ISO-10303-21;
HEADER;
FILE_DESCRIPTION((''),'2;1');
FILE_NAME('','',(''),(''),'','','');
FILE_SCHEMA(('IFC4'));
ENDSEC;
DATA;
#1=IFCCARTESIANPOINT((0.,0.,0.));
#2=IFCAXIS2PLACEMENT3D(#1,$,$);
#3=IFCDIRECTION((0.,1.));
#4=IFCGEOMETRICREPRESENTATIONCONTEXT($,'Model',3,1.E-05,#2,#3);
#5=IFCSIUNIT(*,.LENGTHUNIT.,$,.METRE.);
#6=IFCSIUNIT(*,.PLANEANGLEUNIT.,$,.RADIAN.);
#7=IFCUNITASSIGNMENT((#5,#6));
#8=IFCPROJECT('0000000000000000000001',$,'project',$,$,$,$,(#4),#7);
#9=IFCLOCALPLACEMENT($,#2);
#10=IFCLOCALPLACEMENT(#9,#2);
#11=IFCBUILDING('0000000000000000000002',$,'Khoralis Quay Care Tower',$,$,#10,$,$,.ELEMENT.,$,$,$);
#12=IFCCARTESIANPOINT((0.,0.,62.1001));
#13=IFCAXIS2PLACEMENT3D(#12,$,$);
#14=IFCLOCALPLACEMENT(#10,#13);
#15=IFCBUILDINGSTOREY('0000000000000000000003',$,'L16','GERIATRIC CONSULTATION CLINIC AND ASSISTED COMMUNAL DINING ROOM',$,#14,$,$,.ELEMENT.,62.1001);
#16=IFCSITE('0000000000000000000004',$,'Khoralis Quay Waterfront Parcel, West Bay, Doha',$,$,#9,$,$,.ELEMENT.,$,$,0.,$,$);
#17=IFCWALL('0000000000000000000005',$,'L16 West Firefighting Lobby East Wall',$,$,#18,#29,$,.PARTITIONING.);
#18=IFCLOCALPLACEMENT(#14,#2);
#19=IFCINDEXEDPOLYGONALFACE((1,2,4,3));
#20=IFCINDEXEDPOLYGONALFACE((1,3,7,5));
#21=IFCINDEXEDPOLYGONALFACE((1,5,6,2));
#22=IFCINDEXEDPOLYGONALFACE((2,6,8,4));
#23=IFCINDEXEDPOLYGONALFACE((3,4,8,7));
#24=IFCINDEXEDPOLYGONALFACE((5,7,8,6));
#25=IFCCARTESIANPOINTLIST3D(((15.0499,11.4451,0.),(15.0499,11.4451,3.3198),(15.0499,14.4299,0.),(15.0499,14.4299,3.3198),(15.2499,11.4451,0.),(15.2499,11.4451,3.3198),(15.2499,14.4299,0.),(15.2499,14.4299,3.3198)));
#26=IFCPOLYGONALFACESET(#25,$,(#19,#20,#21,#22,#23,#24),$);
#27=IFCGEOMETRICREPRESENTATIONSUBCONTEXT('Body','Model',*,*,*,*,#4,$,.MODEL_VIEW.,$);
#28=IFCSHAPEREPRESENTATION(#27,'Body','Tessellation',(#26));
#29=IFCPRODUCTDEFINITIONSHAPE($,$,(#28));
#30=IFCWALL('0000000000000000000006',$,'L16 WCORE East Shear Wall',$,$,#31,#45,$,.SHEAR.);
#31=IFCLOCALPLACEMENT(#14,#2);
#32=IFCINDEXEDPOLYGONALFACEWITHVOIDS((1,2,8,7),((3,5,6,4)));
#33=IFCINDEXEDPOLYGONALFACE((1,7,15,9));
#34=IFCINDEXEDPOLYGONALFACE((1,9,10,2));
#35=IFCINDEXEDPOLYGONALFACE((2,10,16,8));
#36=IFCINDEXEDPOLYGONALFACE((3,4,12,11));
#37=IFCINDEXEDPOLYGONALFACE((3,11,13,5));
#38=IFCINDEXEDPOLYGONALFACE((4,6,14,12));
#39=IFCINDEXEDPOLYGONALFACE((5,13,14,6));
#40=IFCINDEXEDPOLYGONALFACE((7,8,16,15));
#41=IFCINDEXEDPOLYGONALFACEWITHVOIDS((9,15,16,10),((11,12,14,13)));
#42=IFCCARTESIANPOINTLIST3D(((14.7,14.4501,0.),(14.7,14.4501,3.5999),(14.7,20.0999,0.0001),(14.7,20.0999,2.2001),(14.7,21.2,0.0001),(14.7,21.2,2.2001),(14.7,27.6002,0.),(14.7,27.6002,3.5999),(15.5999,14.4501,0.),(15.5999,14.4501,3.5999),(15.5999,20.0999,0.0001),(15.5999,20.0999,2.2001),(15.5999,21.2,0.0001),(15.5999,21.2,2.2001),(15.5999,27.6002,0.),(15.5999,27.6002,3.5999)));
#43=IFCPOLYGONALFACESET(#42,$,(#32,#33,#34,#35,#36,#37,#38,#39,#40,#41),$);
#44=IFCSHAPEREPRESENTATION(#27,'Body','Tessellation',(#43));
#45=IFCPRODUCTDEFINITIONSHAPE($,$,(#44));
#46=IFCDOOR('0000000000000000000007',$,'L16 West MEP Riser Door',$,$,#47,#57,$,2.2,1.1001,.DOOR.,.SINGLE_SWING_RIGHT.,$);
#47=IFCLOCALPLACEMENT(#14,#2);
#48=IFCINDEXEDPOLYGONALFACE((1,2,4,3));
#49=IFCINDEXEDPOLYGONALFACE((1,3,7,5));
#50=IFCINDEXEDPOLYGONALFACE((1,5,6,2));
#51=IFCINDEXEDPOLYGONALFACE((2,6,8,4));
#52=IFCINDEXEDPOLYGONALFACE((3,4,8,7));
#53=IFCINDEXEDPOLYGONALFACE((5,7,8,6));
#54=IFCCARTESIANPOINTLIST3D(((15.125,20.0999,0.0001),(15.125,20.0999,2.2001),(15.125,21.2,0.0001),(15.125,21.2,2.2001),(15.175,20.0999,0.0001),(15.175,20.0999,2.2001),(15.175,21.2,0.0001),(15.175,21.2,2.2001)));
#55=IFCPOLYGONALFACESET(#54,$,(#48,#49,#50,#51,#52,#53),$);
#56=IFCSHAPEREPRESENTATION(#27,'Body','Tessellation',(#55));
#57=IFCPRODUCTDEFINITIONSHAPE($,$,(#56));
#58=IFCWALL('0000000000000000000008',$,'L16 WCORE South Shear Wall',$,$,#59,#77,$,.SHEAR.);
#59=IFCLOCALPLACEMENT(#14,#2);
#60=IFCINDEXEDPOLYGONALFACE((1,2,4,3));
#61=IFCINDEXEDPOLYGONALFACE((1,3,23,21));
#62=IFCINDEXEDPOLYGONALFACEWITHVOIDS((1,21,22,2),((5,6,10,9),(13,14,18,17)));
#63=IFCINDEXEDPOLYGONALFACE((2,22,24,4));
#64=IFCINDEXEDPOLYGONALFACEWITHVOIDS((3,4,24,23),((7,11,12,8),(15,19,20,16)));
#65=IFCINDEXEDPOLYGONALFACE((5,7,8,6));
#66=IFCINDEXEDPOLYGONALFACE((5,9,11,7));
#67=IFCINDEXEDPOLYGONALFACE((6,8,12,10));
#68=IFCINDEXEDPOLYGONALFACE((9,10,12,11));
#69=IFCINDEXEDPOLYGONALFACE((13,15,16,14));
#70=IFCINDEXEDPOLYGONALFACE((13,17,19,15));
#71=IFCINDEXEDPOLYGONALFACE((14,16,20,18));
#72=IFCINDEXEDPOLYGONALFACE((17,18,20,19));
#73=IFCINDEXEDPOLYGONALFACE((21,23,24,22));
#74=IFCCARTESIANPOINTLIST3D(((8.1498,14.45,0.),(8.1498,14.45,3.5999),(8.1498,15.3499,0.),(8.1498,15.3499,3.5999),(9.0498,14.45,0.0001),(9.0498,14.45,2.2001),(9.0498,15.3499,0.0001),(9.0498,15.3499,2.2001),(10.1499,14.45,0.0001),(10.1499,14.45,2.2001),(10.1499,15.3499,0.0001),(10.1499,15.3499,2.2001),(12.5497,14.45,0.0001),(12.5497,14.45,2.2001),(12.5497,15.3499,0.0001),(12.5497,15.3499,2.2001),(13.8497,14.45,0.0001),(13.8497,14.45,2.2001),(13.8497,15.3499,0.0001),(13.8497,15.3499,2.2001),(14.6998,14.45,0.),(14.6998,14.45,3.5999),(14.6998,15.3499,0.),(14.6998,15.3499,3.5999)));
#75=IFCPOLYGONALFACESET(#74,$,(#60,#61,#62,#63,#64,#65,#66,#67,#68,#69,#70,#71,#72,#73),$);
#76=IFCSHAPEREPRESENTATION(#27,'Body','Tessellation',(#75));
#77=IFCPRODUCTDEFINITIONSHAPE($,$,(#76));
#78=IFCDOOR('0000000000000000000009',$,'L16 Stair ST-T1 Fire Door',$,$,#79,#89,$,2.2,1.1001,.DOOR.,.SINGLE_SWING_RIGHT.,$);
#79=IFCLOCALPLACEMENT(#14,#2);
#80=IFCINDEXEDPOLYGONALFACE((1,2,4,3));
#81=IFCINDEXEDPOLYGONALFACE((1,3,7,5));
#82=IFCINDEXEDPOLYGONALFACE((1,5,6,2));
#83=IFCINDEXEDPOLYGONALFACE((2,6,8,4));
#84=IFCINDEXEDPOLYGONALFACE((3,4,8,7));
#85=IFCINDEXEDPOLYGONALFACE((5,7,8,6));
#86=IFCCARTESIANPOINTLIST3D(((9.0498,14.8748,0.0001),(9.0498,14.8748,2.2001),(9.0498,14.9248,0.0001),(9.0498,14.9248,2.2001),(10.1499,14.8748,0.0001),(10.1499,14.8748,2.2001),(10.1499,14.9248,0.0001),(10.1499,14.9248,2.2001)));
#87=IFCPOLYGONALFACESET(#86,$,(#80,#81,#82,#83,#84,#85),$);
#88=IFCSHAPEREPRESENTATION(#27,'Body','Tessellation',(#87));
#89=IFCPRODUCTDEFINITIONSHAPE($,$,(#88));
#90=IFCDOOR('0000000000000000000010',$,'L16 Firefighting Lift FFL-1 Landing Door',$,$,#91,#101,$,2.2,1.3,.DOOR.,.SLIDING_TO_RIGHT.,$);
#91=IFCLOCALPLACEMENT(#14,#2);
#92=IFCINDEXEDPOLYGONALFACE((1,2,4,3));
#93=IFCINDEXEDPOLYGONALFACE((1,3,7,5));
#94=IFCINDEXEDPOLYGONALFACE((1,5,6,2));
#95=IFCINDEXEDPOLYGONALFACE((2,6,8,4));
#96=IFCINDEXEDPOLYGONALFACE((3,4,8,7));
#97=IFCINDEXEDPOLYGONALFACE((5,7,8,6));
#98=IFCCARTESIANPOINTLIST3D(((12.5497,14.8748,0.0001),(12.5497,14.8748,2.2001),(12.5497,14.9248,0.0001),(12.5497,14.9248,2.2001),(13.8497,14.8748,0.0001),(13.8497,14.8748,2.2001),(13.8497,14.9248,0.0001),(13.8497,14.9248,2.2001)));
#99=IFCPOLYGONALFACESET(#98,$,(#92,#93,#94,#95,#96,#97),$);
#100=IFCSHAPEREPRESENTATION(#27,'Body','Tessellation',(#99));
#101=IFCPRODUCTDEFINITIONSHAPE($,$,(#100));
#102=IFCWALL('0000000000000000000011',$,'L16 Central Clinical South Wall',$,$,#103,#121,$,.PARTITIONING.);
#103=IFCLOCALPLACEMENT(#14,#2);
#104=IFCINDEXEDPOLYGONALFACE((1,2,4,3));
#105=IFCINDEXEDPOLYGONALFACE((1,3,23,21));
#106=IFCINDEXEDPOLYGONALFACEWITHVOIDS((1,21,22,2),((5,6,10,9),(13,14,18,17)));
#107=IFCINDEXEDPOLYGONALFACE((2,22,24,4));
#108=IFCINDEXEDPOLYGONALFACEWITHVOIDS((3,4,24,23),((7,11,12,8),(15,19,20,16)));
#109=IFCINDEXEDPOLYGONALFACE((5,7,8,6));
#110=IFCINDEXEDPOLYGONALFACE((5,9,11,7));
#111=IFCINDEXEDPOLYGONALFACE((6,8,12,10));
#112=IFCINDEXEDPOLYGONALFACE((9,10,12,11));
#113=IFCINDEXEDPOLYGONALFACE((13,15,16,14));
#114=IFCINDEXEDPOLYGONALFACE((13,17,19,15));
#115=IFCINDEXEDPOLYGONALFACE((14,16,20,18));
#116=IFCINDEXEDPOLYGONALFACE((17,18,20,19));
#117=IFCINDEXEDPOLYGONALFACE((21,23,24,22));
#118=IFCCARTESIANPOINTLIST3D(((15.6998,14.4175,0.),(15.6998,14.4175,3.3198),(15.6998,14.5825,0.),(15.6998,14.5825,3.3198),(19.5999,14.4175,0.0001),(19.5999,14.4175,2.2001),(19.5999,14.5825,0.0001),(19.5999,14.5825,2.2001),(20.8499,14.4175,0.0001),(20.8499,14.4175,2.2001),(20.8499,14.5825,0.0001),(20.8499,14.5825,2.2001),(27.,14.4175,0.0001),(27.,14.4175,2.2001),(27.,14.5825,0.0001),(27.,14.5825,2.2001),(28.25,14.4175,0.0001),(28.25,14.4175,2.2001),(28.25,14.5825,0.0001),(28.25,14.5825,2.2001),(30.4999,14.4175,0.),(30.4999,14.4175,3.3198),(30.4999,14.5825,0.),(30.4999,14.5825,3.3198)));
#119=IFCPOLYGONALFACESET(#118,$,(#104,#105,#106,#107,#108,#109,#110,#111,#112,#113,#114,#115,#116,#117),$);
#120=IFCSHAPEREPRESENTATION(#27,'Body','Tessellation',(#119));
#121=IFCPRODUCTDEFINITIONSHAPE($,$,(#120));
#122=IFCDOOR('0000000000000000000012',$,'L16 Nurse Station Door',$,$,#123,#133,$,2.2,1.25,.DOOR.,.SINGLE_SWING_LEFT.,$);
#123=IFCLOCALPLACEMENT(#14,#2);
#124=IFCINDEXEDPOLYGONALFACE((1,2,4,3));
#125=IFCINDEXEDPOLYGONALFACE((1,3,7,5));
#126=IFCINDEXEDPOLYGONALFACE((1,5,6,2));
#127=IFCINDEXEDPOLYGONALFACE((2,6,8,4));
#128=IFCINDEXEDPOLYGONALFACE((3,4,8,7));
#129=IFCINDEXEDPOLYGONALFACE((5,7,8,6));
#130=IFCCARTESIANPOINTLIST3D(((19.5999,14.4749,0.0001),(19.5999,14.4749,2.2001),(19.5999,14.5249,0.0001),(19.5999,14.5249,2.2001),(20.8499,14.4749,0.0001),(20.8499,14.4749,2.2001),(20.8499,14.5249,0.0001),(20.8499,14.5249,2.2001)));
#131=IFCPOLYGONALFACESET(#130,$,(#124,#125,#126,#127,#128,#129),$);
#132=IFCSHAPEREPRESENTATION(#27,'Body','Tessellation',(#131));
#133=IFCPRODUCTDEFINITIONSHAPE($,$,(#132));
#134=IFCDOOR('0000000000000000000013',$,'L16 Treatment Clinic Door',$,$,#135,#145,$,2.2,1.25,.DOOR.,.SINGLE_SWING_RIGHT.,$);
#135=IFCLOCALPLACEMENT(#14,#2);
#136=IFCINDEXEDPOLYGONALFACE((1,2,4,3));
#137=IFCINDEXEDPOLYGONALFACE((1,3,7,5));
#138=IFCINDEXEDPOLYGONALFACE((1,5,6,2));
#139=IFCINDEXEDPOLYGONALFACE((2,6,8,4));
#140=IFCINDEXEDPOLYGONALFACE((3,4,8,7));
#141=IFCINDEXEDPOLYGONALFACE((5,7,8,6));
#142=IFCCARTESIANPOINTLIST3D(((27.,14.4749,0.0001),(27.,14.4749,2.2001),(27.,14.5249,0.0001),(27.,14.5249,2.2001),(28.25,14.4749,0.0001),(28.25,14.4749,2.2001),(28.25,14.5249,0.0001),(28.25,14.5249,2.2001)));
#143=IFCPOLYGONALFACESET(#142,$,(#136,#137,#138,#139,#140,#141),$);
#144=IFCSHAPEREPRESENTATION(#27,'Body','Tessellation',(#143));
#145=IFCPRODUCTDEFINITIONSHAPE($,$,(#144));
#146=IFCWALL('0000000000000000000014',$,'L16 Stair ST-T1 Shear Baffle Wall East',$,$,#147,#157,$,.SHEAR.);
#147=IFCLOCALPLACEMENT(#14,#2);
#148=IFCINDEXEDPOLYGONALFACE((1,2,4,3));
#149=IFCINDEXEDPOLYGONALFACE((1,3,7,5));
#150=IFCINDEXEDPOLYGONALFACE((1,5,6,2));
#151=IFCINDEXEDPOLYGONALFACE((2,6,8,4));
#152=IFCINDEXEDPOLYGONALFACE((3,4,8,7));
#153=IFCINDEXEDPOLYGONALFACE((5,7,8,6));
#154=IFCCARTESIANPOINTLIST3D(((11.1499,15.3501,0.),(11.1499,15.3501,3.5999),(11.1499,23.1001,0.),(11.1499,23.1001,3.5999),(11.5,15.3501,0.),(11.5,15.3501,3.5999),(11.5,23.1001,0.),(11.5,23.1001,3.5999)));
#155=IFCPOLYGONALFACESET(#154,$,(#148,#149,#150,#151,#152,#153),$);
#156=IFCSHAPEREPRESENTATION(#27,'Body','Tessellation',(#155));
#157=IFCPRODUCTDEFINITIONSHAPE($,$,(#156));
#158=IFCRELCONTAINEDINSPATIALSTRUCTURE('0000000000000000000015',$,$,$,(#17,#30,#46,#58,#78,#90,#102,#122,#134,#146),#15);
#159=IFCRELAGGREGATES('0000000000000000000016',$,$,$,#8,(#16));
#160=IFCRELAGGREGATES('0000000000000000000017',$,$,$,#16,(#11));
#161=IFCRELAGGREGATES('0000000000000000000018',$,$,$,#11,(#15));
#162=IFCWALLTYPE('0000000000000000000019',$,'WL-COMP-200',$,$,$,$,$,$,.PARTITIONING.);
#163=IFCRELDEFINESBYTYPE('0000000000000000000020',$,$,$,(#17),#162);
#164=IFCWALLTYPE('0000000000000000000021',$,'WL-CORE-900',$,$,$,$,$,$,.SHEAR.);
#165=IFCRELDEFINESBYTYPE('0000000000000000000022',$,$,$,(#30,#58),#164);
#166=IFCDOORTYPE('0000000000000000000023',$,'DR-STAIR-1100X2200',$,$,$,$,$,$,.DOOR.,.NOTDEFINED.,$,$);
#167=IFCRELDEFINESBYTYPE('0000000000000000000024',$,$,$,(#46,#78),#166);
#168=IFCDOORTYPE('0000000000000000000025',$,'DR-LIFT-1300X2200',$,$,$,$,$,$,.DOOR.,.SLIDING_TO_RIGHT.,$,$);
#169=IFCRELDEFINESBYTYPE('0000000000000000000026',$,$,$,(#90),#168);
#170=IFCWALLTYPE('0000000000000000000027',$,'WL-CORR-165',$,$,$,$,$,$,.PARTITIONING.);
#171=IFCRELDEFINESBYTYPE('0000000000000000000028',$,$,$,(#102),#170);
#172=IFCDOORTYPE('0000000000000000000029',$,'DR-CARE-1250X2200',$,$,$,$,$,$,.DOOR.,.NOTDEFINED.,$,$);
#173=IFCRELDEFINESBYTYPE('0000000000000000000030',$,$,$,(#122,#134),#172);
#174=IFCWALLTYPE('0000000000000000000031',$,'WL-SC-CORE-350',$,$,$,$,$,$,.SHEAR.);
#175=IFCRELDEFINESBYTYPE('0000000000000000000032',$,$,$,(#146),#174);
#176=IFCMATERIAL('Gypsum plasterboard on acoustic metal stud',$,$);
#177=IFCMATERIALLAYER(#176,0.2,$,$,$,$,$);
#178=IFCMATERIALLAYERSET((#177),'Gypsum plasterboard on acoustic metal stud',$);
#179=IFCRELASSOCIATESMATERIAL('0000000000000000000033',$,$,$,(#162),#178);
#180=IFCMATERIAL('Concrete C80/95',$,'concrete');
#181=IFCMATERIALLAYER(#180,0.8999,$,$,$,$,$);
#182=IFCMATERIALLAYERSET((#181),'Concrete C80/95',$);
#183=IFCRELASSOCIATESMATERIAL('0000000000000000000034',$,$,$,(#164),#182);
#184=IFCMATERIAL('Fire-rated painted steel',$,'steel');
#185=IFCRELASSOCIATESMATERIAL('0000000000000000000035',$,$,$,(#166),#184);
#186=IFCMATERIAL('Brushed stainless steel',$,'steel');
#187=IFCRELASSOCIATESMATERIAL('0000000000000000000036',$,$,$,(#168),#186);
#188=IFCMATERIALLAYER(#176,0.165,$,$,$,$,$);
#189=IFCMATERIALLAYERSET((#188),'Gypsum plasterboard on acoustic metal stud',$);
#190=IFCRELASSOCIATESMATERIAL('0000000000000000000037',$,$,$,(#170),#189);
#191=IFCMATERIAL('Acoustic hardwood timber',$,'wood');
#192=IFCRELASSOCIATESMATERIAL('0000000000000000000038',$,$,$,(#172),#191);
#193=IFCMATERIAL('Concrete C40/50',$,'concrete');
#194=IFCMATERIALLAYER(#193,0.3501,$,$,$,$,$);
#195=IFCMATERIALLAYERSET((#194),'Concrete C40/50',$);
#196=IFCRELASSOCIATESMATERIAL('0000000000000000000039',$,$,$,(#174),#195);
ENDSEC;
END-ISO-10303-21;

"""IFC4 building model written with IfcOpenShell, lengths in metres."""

from ifc_helpers import new_model, si_unit, direction, frame, frame_2d, origin, place, context, subcontext, project, spatial, rectangle, extrude, source, transform, mapped, material, layer, layer_set, type_object, element, fill, save


model = new_model("IFC4")

# Units and contexts
model_context = context("Model", 3, precision=1e-05, world=origin(), true_north=direction((0.0, 1.0)))
body_context = subcontext(model_context, "Body", "Model", "MODEL_VIEW")
ifc_project = project(units=[si_unit("LENGTHUNIT", "METRE"), si_unit("PLANEANGLEUNIT", "RADIAN")], contexts=[model_context])

# Site, building, storey
site_placement = place(None, origin())
site = spatial("IfcSite", under=ifc_project, at=site_placement, Name="Khoralis Quay Waterfront Parcel, West Bay, Doha", CompositionType="ELEMENT", RefElevation=0.0)
building_placement = place(site_placement, origin())
building = spatial("IfcBuilding", under=site, at=building_placement, Name="Khoralis Quay Care Tower", CompositionType="ELEMENT")
storey_placement = place(building_placement, frame((0.0, 0.0, 62.1001)))
storey = spatial("IfcBuildingStorey", under=building, at=storey_placement, Name="L16", Description="GERIATRIC CONSULTATION CLINIC AND ASSISTED COMMUNAL DINING ROOM", CompositionType="ELEMENT", Elevation=62.1001)

# Shared definitions
ifc_material_1 = material(Name="Concrete C80/95", Category="concrete")

# Shared definitions
ifc_material_2 = material(Name="Gypsum plasterboard on acoustic metal stud")
ifc_layer_1 = layer(ifc_material_2, 0.2)
ifc_layer_set_1 = layer_set([ifc_layer_1], Name="Gypsum plasterboard on acoustic metal stud")
wall_type_1 = type_object("IfcWallType", Name="WL-COMP-200", PredefinedType="PARTITIONING", material=ifc_layer_set_1)
ifc_material_3 = material(Name="Fire-rated painted steel", Category="steel")

# Wall
for number, where, z_axis, x_axis, name in (
    (1, (15.1499, 11.4451, 0.0), (0.0, 0.0, 1.0), (0.0, 1.0, 0.0), "L16 West Firefighting Lobby East Wall"),
):
    element("IfcWall", number, at=place(storey_placement, frame(where, z_axis=z_axis, x_axis=x_axis)), inside=storey, type_object=wall_type_1, Name=name, PredefinedType="PARTITIONING", context=body_context, shape_type="SweptSolid", body=[
        extrude(rectangle(XDim=2.9849, YDim=0.2, at=frame_2d((1.4924, 0.0))), origin(), (0.0, 0.0, 1.0), 3.3198),
    ])

# Wall, opening, door
ifc_layer_2 = layer(ifc_material_1, 0.8999)
ifc_layer_set_2 = layer_set([ifc_layer_2], Name="Concrete C80/95")
wall_type_2 = type_object("IfcWallType", Name="WL-CORE-900", PredefinedType="SHEAR", material=ifc_layer_set_2)
wall_1_placement = place(storey_placement, frame((15.1499, 14.45, 0.0), z_axis=(0.0, 0.0, 1.0), x_axis=(0.0, 1.0, 0.0)))
wall_1 = element("IfcWall", 2, at=wall_1_placement, inside=storey, type_object=wall_type_2, Name="L16 WCORE East Shear Wall", PredefinedType="SHEAR", context=body_context, shape_type="SweptSolid", body=[
    extrude(rectangle(XDim=13.1501, YDim=0.8999, at=frame_2d((6.5752, 0.0))), origin(), (0.0, 0.0, 1.0), 3.5999),
])
opening_1_placement = place(wall_1_placement, frame((5.6499, 0.0, 0.0)))
opening_1 = element("IfcOpeningElement", 3, at=opening_1_placement, cuts=wall_1, PredefinedType="OPENING", context=body_context, shape_type="SweptSolid", body=[
    extrude(rectangle(XDim=1.1001, YDim=2.2, at=frame_2d((0.55, 1.1001))), frame((0.0, 0.46, 0.0), z_axis=(0.0, -1.0, 0.0), x_axis=(1.0, 0.0, 0.0)), (0.0, 0.0, 1.0), 0.9199),
])
door_type_1 = type_object("IfcDoorType", Name="DR-STAIR-1100X2200", OperationType="NOTDEFINED", PredefinedType="DOOR", material=ifc_material_3)
shared_shape_1 = source(origin(), body_context, "Body", "SweptSolid", [
    extrude(rectangle(XDim=1.1001, YDim=2.2, at=frame_2d((0.55, 1.1001))), frame((0.0, 0.0249, 0.0), z_axis=(0.0, -1.0, 0.0), x_axis=(1.0, 0.0, 0.0)), (0.0, 0.0, 1.0), 0.05),
])
door_1_placement = place(opening_1_placement, origin())
door_1 = element("IfcDoor", 4, at=door_1_placement, inside=storey, type_object=door_type_1, Name="L16 West MEP Riser Door", OperationType="SINGLE_SWING_RIGHT", OverallHeight=2.2, OverallWidth=1.1001, PredefinedType="DOOR", context=body_context, shape_type="MappedRepresentation", body=[
    mapped(shared_shape_1, transform((0.0, 0.0, 0.0), scale=1.0)),
])
fill(opening_1, door_1)

# Walls, openings, doors
wall_2_placement = place(storey_placement, frame((8.1499, 14.8999, 0.0), z_axis=(0.0, 0.0, 1.0), x_axis=(1.0, 0.0, 0.0)))
wall_2 = element("IfcWall", 5, at=wall_2_placement, inside=storey, type_object=wall_type_2, Name="L16 WCORE South Shear Wall", PredefinedType="SHEAR", context=body_context, shape_type="SweptSolid", body=[
    extrude(rectangle(XDim=6.55, YDim=0.8999, at=frame_2d((3.2749, 0.0))), origin(), (0.0, 0.0, 1.0), 3.5999),
])
opening_2_placement = place(wall_2_placement, frame((0.8999, 0.0, 0.0)))
opening_2 = element("IfcOpeningElement", 6, at=opening_2_placement, cuts=wall_2, PredefinedType="OPENING", context=body_context, shape_type="SweptSolid", body=[
    extrude(rectangle(XDim=1.1001, YDim=2.2, at=frame_2d((0.55, 1.1001))), frame((0.0, 0.46, 0.0), z_axis=(0.0, -1.0, 0.0), x_axis=(1.0, 0.0, 0.0)), (0.0, 0.0, 1.0), 0.9199),
])
opening_3_placement = place(wall_2_placement, frame((4.3999, 0.0, 0.0)))
opening_3 = element("IfcOpeningElement", 7, at=opening_3_placement, cuts=wall_2, PredefinedType="OPENING", context=body_context, shape_type="SweptSolid", body=[
    extrude(rectangle(XDim=1.3, YDim=2.2, at=frame_2d((0.6499, 1.1001))), frame((0.0, 0.46, 0.0), z_axis=(0.0, -1.0, 0.0), x_axis=(1.0, 0.0, 0.0)), (0.0, 0.0, 1.0), 0.9199),
])
door_2_placement = place(opening_2_placement, origin())
door_2 = element("IfcDoor", 8, at=door_2_placement, inside=storey, type_object=door_type_1, Name="L16 Stair ST-T1 Fire Door", OperationType="SINGLE_SWING_RIGHT", OverallHeight=2.2, OverallWidth=1.1001, PredefinedType="DOOR", context=body_context, shape_type="MappedRepresentation", body=[
    mapped(shared_shape_1, transform((0.0, 0.0, 0.0), scale=1.0)),
])
fill(opening_2, door_2)
ifc_material_4 = material(Name="Brushed stainless steel", Category="steel")
door_type_2 = type_object("IfcDoorType", Name="DR-LIFT-1300X2200", OperationType="SLIDING_TO_RIGHT", PredefinedType="DOOR", material=ifc_material_4)
shared_shape_2 = source(origin(), body_context, "Body", "SweptSolid", [
    extrude(rectangle(XDim=1.3, YDim=2.2, at=frame_2d((0.6499, 1.1001))), frame((0.0, 0.0249, 0.0), z_axis=(0.0, -1.0, 0.0), x_axis=(1.0, 0.0, 0.0)), (0.0, 0.0, 1.0), 0.05),
])
door_3_placement = place(opening_3_placement, origin())
door_3 = element("IfcDoor", 9, at=door_3_placement, inside=storey, type_object=door_type_2, Name="L16 Firefighting Lift FFL-1 Landing Door", OperationType="SLIDING_TO_RIGHT", OverallHeight=2.2, OverallWidth=1.3, PredefinedType="DOOR", context=body_context, shape_type="MappedRepresentation", body=[
    mapped(shared_shape_2, transform((0.0, 0.0, 0.0), scale=1.0)),
])
fill(opening_3, door_3)
ifc_layer_3 = layer(ifc_material_2, 0.165)
ifc_layer_set_3 = layer_set([ifc_layer_3], Name="Gypsum plasterboard on acoustic metal stud")
wall_type_3 = type_object("IfcWallType", Name="WL-CORR-165", PredefinedType="PARTITIONING", material=ifc_layer_set_3)
wall_3_placement = place(storey_placement, frame((15.7, 14.5, 0.0), z_axis=(0.0, 0.0, 1.0), x_axis=(1.0, 0.0, 0.0)))
wall_3 = element("IfcWall", 10, at=wall_3_placement, inside=storey, type_object=wall_type_3, Name="L16 Central Clinical South Wall", PredefinedType="PARTITIONING", context=body_context, shape_type="SweptSolid", body=[
    extrude(rectangle(XDim=14.8, YDim=0.165, at=frame_2d((7.3999, 0.0))), origin(), (0.0, 0.0, 1.0), 3.3198),
])
opening_4_placement = place(wall_3_placement, frame((3.8999, 0.0, 0.0)))
opening_4 = element("IfcOpeningElement", 11, at=opening_4_placement, cuts=wall_3, PredefinedType="OPENING", context=body_context, shape_type="SweptSolid", body=[
    extrude(rectangle(XDim=1.25, YDim=2.2, at=frame_2d((0.625, 1.1001))), frame((0.0, 0.0925, 0.0), z_axis=(0.0, -1.0, 0.0), x_axis=(1.0, 0.0, 0.0)), (0.0, 0.0, 1.0), 0.1851),
])
opening_5_placement = place(wall_3_placement, frame((11.3, 0.0, 0.0)))
opening_5 = element("IfcOpeningElement", 12, at=opening_5_placement, cuts=wall_3, PredefinedType="OPENING", context=body_context, shape_type="SweptSolid", body=[
    extrude(rectangle(XDim=1.25, YDim=2.2, at=frame_2d((0.625, 1.1001))), frame((0.0, 0.0925, 0.0), z_axis=(0.0, -1.0, 0.0), x_axis=(1.0, 0.0, 0.0)), (0.0, 0.0, 1.0), 0.1851),
])
ifc_material_5 = material(Name="Acoustic hardwood timber", Category="wood")
door_type_3 = type_object("IfcDoorType", Name="DR-CARE-1250X2200", OperationType="NOTDEFINED", PredefinedType="DOOR", material=ifc_material_5)
shared_shape_3 = source(origin(), body_context, "Body", "SweptSolid", [
    extrude(rectangle(XDim=1.25, YDim=2.2, at=frame_2d((0.625, 1.1001))), frame((0.0, 0.0249, 0.0), z_axis=(0.0, -1.0, 0.0), x_axis=(1.0, 0.0, 0.0)), (0.0, 0.0, 1.0), 0.05),
])
door_4_placement = place(opening_4_placement, origin())
door_4 = element("IfcDoor", 13, at=door_4_placement, inside=storey, type_object=door_type_3, Name="L16 Nurse Station Door", OperationType="SINGLE_SWING_LEFT", OverallHeight=2.2, OverallWidth=1.25, PredefinedType="DOOR", context=body_context, shape_type="MappedRepresentation", body=[
    mapped(shared_shape_3, transform((0.0, 0.0, 0.0), scale=1.0)),
])
fill(opening_4, door_4)
door_5_placement = place(opening_5_placement, origin())
door_5 = element("IfcDoor", 14, at=door_5_placement, inside=storey, type_object=door_type_3, Name="L16 Treatment Clinic Door", OperationType="SINGLE_SWING_RIGHT", OverallHeight=2.2, OverallWidth=1.25, PredefinedType="DOOR", context=body_context, shape_type="MappedRepresentation", body=[
    mapped(shared_shape_3, transform((0.0, 0.0, 0.0), scale=1.0)),
])
fill(opening_5, door_5)

# Wall
ifc_material_6 = material(Name="Concrete C40/50", Category="concrete")
ifc_layer_4 = layer(ifc_material_6, 0.3501)
ifc_layer_set_4 = layer_set([ifc_layer_4], Name="Concrete C40/50")
wall_type_4 = type_object("IfcWallType", Name="WL-SC-CORE-350", PredefinedType="SHEAR", material=ifc_layer_set_4)
wall_4_placement = place(storey_placement, frame((11.325, 15.3501, 0.0), z_axis=(0.0, 0.0, 1.0), x_axis=(0.0, 1.0, 0.0)))
element("IfcWall", 15, at=wall_4_placement, inside=storey, type_object=wall_type_4, Name="L16 Stair ST-T1 Shear Baffle Wall East", PredefinedType="SHEAR", context=body_context, shape_type="SweptSolid", body=[
    extrude(rectangle(XDim=7.75, YDim=0.3501, at=frame_2d((3.875, 0.0))), origin(), (0.0, 0.0, 1.0), 3.5999),
])

save(model, "model.ifc")
